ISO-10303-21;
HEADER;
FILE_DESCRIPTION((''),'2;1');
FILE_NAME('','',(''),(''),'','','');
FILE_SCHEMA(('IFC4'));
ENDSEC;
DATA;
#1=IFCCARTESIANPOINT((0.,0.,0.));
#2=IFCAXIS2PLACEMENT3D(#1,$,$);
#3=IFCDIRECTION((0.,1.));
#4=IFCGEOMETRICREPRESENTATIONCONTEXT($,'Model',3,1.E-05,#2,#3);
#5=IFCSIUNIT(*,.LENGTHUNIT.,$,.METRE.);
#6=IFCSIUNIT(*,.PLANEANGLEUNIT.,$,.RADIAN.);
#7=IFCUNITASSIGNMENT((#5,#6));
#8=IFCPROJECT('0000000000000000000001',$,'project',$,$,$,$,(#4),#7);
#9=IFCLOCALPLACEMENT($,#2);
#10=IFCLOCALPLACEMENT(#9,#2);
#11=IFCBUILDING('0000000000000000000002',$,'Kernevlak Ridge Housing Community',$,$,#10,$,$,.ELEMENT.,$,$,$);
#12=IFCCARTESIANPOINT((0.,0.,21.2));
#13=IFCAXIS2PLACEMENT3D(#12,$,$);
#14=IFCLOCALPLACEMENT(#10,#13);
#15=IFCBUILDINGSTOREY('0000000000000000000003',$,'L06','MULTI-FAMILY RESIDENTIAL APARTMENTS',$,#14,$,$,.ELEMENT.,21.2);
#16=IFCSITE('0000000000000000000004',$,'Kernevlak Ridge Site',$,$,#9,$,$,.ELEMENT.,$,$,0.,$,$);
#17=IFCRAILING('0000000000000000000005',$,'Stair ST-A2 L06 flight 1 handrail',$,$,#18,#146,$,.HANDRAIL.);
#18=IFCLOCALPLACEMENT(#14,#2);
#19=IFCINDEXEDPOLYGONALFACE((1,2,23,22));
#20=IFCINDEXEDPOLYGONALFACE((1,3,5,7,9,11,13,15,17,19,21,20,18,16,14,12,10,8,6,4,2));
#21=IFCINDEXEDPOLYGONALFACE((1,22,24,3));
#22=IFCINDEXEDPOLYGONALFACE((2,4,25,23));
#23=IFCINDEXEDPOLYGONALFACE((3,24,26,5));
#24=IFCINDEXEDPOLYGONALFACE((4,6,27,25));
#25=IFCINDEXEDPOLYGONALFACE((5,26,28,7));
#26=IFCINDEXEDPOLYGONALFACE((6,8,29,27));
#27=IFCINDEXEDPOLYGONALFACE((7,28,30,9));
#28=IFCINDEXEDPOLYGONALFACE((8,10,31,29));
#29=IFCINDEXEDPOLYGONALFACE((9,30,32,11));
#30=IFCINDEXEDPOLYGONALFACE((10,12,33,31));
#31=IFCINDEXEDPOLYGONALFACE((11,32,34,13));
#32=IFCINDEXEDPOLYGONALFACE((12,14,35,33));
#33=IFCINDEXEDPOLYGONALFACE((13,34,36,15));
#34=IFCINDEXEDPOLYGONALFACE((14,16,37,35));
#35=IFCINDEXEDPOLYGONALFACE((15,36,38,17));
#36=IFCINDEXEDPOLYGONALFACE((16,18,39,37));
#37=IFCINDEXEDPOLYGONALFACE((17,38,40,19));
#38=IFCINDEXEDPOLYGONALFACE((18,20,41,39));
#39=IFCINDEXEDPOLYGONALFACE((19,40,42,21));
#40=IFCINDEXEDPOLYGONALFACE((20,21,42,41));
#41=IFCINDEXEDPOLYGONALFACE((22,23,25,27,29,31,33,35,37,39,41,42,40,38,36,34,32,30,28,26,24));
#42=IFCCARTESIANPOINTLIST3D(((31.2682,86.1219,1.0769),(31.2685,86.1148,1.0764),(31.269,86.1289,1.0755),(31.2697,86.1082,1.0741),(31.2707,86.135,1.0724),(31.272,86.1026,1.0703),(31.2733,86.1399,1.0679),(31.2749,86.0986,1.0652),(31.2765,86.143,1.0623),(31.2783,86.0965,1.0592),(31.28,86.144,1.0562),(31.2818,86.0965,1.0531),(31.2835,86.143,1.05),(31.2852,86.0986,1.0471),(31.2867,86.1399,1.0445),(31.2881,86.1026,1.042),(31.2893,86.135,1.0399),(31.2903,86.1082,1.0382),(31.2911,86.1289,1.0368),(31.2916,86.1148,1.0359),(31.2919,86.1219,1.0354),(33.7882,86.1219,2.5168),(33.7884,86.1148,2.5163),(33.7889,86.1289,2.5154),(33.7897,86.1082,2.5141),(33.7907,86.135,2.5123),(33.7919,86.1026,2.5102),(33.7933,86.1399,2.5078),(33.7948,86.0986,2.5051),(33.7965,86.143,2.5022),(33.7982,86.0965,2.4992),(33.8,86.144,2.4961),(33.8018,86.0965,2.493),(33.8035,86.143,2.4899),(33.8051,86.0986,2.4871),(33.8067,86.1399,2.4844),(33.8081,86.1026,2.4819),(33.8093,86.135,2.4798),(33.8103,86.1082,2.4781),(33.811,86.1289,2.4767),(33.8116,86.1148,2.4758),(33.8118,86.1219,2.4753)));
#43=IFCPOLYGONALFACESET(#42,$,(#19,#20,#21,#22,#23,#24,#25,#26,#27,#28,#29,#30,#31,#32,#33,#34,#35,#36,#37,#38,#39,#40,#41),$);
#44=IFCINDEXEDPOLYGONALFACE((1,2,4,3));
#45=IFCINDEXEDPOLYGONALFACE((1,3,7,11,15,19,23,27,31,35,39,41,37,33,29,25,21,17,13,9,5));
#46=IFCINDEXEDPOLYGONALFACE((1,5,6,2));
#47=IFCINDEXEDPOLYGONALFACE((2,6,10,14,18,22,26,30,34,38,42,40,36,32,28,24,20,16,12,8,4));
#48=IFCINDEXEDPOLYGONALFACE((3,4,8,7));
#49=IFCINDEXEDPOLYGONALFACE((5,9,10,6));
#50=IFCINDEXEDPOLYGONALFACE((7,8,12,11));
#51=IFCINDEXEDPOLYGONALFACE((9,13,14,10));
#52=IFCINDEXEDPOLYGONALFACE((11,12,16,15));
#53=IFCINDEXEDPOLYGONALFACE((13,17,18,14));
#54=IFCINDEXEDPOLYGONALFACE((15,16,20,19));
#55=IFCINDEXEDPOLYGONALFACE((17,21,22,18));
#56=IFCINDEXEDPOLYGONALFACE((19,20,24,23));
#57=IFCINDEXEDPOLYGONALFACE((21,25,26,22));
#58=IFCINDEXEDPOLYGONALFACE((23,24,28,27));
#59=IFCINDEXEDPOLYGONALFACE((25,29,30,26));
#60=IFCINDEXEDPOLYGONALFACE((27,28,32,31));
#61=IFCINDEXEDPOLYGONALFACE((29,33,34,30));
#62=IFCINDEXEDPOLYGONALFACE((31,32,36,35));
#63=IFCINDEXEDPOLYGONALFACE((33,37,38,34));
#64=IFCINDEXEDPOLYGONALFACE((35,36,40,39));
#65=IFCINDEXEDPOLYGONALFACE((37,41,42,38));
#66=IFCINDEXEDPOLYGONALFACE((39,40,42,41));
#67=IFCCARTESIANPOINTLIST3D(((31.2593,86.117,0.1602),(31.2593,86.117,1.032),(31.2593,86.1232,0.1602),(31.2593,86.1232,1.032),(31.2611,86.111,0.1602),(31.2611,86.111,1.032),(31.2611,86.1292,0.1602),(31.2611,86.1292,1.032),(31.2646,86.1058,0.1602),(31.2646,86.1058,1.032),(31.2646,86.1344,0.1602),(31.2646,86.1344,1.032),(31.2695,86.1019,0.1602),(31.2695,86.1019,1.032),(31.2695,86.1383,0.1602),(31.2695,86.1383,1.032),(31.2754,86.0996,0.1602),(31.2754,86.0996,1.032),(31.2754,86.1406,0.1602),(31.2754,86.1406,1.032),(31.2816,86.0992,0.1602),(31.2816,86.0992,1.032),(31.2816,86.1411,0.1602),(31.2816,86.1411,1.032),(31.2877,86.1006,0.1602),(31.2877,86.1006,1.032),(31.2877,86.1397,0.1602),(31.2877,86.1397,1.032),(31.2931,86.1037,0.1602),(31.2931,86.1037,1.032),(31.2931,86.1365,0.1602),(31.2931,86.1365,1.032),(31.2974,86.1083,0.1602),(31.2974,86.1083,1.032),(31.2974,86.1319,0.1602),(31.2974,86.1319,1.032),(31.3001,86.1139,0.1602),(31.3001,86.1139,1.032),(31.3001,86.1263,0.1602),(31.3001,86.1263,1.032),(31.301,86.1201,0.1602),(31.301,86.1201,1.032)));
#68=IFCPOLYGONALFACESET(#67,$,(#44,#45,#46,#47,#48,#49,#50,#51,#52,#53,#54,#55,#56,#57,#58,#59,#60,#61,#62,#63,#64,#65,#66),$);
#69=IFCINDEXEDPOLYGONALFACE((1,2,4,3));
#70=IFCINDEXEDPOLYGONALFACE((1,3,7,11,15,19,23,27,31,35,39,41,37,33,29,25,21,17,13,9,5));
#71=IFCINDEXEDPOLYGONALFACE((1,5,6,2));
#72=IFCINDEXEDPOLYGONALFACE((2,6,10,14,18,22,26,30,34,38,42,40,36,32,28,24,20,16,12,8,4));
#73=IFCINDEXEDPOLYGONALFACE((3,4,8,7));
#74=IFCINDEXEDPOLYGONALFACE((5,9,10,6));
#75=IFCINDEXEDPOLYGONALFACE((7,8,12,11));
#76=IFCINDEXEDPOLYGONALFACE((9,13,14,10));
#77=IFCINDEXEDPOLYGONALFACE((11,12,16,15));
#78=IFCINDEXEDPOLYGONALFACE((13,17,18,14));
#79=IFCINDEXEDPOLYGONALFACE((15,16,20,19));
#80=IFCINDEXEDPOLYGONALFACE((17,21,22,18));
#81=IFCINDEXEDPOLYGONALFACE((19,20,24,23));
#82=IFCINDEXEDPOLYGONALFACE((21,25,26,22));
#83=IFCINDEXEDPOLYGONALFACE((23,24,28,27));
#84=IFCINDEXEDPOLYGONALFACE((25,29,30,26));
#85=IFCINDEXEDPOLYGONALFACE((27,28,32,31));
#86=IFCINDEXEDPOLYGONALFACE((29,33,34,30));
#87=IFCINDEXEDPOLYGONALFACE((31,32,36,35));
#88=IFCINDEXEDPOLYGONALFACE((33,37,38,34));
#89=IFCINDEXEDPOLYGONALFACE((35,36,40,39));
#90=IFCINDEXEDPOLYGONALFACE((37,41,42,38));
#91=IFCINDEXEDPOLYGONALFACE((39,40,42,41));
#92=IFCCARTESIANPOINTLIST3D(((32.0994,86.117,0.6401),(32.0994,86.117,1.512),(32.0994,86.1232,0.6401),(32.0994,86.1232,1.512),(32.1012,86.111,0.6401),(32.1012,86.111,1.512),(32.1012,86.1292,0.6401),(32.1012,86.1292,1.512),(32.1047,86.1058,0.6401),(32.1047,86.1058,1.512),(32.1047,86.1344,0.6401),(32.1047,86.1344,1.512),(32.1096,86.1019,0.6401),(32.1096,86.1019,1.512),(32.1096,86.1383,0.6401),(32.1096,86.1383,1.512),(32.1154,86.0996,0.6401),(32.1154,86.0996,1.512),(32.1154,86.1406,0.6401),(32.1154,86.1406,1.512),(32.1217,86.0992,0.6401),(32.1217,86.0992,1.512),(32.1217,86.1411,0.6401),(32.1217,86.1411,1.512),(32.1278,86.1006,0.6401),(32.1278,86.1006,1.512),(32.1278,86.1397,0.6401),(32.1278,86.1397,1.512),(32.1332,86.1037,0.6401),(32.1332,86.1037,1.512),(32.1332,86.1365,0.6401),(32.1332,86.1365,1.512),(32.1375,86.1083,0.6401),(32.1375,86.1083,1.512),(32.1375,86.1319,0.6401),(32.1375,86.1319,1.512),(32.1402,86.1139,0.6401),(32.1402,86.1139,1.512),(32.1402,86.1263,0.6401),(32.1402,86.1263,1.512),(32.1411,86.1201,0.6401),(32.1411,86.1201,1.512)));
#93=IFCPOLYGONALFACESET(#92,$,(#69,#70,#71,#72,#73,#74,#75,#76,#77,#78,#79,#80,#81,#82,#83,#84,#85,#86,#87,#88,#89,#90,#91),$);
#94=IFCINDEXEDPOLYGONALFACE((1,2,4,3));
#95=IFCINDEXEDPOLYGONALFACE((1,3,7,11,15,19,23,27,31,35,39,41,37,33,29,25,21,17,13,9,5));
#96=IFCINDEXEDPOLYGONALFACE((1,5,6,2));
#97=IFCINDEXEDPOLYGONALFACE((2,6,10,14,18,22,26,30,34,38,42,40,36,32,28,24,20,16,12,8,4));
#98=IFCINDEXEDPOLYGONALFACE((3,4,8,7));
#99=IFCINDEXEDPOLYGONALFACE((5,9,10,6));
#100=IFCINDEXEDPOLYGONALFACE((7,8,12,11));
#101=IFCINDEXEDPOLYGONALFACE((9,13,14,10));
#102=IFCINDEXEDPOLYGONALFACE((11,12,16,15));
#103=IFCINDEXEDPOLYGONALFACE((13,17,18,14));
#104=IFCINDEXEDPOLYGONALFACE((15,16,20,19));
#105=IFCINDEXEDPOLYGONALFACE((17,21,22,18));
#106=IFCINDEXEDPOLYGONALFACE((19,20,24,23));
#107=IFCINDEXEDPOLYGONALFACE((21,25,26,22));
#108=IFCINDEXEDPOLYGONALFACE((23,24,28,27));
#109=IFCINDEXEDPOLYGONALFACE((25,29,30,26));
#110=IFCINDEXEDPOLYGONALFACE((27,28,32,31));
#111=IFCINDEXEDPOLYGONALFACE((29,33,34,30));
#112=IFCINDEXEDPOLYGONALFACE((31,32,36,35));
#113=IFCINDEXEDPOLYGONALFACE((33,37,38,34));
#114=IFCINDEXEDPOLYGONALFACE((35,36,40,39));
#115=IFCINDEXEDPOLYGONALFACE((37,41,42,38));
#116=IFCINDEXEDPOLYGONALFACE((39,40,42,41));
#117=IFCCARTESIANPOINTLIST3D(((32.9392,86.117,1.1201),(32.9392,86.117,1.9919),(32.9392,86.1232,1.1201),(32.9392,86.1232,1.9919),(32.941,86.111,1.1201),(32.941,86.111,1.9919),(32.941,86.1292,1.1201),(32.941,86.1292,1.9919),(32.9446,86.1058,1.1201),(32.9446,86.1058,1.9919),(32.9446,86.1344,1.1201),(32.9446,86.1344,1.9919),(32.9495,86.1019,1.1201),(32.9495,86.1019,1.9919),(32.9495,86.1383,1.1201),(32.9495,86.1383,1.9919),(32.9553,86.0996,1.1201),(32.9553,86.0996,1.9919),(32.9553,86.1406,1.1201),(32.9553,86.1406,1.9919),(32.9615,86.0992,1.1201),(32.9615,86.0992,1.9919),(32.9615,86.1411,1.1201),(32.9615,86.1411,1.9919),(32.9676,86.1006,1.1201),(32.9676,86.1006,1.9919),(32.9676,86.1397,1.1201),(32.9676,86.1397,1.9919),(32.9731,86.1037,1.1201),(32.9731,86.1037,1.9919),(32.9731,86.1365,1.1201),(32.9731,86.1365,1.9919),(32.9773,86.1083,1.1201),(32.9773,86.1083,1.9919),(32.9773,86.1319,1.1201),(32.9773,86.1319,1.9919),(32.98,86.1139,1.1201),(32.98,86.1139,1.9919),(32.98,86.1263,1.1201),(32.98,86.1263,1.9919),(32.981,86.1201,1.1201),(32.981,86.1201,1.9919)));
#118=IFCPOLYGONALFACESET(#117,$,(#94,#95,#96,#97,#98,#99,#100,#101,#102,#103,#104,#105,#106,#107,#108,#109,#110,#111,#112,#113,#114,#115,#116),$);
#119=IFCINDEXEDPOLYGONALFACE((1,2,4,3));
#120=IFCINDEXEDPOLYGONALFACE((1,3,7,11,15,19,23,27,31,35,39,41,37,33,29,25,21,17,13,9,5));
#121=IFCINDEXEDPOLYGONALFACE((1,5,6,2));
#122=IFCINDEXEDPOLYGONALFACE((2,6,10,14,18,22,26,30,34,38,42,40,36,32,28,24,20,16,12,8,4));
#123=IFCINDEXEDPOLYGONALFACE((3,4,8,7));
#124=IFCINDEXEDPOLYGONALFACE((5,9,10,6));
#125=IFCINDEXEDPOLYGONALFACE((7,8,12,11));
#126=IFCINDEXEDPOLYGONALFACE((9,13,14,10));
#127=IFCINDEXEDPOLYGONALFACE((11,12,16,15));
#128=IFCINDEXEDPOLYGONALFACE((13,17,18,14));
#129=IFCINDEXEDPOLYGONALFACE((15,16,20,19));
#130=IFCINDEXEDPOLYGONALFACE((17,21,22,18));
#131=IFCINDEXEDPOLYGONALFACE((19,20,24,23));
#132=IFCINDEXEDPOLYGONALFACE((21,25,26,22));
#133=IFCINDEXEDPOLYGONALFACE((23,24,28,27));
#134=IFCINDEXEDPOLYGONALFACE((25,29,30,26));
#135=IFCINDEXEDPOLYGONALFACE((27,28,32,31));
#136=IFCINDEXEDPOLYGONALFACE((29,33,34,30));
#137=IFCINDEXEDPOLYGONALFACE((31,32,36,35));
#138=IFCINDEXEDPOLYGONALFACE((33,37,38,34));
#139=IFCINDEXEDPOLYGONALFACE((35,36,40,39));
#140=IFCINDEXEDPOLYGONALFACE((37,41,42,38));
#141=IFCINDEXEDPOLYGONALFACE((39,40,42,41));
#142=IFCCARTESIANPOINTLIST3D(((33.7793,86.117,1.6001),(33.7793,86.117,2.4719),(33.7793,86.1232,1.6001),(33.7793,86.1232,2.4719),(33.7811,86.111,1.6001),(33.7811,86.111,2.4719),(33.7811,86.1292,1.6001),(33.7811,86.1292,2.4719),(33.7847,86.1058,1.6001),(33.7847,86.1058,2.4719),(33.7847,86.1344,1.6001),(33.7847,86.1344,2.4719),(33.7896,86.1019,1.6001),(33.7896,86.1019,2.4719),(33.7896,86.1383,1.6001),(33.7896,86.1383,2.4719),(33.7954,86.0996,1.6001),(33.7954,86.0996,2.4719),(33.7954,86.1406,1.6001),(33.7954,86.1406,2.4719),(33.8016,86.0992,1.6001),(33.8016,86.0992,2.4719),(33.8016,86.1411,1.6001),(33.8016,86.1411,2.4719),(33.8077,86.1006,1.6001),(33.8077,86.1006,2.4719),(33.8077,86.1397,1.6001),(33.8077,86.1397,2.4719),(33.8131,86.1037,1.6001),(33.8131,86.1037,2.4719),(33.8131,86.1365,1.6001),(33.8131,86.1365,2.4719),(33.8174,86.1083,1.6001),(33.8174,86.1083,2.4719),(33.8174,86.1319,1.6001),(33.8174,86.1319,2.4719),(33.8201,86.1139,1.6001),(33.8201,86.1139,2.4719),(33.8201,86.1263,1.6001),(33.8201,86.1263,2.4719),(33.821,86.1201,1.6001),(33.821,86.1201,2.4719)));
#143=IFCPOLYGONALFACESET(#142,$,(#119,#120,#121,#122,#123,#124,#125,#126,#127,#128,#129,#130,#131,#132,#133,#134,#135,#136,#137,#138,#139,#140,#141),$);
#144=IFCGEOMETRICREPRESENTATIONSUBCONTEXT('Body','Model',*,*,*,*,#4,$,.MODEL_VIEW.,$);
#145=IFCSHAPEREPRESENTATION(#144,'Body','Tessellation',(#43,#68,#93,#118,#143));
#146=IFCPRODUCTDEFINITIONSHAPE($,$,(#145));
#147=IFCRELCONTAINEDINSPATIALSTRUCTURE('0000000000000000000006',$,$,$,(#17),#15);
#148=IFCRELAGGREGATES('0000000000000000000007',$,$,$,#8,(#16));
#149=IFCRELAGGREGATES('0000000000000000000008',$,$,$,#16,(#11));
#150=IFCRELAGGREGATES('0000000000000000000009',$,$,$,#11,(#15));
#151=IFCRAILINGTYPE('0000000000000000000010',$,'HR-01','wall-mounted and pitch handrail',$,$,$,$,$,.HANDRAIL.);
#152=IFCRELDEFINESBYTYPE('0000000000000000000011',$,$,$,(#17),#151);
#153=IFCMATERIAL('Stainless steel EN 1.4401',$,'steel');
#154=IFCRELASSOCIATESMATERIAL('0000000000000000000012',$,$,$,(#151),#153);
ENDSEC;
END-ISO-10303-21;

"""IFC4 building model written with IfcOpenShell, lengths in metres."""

from ifc_helpers import new_model, si_unit, direction, frame, origin, origin_2d, place, context, subcontext, project, spatial, circle, extrude, material, type_object, element, save


model = new_model("IFC4")

# Units and contexts
model_context = context("Model", 3, precision=1e-05, world=origin(), true_north=direction((0.0, 1.0)))
body_context = subcontext(model_context, "Body", "Model", "MODEL_VIEW")
ifc_project = project(units=[si_unit("LENGTHUNIT", "METRE"), si_unit("PLANEANGLEUNIT", "RADIAN")], contexts=[model_context])

# Site, building, storey
site_placement = place(None, origin())
site = spatial("IfcSite", under=ifc_project, at=site_placement, Name="Kernevlak Ridge Site", CompositionType="ELEMENT", RefElevation=0.0)
building_placement = place(site_placement, origin())
building = spatial("IfcBuilding", under=site, at=building_placement, Name="Kernevlak Ridge Housing Community", CompositionType="ELEMENT")
storey_placement = place(building_placement, frame((0.0, 0.0, 21.2)))
storey = spatial("IfcBuildingStorey", under=building, at=storey_placement, Name="L06", Description="MULTI-FAMILY RESIDENTIAL APARTMENTS", CompositionType="ELEMENT", Elevation=21.2)

# Railing
ifc_material_1 = material(Name="Stainless steel EN 1.4401", Category="steel")
railing_type_1 = type_object("IfcRailingType", Name="HR-01", Description="wall-mounted and pitch handrail", PredefinedType="HANDRAIL", material=ifc_material_1)
railing_1_placement = place(storey_placement, frame((31.28, 86.1201, 0.1602)))
element("IfcRailing", 1, at=railing_1_placement, inside=storey, type_object=railing_type_1, Name="Stair ST-A2 L06 flight 1 handrail", PredefinedType="HANDRAIL", context=body_context, shape_type="SweptSolid", body=[
    extrude(circle(Radius=0.0239, at=origin_2d()), frame((0.0, 0.0, 0.896), z_axis=(0.868253, 0.0, 0.496121), x_axis=(0.0, 1.0, 0.0)), (0.0, 0.0, 1.0), 2.9023),
    extrude(circle(Radius=0.021, at=origin_2d()), origin(), (0.0, 0.0, 1.0), 0.8718),
    extrude(circle(Radius=0.021, at=origin_2d()), frame((0.8401, 0.0, 0.48)), (0.0, 0.0, 1.0), 0.8718),
    extrude(circle(Radius=0.021, at=origin_2d()), frame((1.6799, 0.0, 0.96)), (0.0, 0.0, 1.0), 0.8718),
    extrude(circle(Radius=0.021, at=origin_2d()), frame((2.52, 0.0, 1.4399)), (0.0, 0.0, 1.0), 0.8718),
])

save(model, "model.ifc")
